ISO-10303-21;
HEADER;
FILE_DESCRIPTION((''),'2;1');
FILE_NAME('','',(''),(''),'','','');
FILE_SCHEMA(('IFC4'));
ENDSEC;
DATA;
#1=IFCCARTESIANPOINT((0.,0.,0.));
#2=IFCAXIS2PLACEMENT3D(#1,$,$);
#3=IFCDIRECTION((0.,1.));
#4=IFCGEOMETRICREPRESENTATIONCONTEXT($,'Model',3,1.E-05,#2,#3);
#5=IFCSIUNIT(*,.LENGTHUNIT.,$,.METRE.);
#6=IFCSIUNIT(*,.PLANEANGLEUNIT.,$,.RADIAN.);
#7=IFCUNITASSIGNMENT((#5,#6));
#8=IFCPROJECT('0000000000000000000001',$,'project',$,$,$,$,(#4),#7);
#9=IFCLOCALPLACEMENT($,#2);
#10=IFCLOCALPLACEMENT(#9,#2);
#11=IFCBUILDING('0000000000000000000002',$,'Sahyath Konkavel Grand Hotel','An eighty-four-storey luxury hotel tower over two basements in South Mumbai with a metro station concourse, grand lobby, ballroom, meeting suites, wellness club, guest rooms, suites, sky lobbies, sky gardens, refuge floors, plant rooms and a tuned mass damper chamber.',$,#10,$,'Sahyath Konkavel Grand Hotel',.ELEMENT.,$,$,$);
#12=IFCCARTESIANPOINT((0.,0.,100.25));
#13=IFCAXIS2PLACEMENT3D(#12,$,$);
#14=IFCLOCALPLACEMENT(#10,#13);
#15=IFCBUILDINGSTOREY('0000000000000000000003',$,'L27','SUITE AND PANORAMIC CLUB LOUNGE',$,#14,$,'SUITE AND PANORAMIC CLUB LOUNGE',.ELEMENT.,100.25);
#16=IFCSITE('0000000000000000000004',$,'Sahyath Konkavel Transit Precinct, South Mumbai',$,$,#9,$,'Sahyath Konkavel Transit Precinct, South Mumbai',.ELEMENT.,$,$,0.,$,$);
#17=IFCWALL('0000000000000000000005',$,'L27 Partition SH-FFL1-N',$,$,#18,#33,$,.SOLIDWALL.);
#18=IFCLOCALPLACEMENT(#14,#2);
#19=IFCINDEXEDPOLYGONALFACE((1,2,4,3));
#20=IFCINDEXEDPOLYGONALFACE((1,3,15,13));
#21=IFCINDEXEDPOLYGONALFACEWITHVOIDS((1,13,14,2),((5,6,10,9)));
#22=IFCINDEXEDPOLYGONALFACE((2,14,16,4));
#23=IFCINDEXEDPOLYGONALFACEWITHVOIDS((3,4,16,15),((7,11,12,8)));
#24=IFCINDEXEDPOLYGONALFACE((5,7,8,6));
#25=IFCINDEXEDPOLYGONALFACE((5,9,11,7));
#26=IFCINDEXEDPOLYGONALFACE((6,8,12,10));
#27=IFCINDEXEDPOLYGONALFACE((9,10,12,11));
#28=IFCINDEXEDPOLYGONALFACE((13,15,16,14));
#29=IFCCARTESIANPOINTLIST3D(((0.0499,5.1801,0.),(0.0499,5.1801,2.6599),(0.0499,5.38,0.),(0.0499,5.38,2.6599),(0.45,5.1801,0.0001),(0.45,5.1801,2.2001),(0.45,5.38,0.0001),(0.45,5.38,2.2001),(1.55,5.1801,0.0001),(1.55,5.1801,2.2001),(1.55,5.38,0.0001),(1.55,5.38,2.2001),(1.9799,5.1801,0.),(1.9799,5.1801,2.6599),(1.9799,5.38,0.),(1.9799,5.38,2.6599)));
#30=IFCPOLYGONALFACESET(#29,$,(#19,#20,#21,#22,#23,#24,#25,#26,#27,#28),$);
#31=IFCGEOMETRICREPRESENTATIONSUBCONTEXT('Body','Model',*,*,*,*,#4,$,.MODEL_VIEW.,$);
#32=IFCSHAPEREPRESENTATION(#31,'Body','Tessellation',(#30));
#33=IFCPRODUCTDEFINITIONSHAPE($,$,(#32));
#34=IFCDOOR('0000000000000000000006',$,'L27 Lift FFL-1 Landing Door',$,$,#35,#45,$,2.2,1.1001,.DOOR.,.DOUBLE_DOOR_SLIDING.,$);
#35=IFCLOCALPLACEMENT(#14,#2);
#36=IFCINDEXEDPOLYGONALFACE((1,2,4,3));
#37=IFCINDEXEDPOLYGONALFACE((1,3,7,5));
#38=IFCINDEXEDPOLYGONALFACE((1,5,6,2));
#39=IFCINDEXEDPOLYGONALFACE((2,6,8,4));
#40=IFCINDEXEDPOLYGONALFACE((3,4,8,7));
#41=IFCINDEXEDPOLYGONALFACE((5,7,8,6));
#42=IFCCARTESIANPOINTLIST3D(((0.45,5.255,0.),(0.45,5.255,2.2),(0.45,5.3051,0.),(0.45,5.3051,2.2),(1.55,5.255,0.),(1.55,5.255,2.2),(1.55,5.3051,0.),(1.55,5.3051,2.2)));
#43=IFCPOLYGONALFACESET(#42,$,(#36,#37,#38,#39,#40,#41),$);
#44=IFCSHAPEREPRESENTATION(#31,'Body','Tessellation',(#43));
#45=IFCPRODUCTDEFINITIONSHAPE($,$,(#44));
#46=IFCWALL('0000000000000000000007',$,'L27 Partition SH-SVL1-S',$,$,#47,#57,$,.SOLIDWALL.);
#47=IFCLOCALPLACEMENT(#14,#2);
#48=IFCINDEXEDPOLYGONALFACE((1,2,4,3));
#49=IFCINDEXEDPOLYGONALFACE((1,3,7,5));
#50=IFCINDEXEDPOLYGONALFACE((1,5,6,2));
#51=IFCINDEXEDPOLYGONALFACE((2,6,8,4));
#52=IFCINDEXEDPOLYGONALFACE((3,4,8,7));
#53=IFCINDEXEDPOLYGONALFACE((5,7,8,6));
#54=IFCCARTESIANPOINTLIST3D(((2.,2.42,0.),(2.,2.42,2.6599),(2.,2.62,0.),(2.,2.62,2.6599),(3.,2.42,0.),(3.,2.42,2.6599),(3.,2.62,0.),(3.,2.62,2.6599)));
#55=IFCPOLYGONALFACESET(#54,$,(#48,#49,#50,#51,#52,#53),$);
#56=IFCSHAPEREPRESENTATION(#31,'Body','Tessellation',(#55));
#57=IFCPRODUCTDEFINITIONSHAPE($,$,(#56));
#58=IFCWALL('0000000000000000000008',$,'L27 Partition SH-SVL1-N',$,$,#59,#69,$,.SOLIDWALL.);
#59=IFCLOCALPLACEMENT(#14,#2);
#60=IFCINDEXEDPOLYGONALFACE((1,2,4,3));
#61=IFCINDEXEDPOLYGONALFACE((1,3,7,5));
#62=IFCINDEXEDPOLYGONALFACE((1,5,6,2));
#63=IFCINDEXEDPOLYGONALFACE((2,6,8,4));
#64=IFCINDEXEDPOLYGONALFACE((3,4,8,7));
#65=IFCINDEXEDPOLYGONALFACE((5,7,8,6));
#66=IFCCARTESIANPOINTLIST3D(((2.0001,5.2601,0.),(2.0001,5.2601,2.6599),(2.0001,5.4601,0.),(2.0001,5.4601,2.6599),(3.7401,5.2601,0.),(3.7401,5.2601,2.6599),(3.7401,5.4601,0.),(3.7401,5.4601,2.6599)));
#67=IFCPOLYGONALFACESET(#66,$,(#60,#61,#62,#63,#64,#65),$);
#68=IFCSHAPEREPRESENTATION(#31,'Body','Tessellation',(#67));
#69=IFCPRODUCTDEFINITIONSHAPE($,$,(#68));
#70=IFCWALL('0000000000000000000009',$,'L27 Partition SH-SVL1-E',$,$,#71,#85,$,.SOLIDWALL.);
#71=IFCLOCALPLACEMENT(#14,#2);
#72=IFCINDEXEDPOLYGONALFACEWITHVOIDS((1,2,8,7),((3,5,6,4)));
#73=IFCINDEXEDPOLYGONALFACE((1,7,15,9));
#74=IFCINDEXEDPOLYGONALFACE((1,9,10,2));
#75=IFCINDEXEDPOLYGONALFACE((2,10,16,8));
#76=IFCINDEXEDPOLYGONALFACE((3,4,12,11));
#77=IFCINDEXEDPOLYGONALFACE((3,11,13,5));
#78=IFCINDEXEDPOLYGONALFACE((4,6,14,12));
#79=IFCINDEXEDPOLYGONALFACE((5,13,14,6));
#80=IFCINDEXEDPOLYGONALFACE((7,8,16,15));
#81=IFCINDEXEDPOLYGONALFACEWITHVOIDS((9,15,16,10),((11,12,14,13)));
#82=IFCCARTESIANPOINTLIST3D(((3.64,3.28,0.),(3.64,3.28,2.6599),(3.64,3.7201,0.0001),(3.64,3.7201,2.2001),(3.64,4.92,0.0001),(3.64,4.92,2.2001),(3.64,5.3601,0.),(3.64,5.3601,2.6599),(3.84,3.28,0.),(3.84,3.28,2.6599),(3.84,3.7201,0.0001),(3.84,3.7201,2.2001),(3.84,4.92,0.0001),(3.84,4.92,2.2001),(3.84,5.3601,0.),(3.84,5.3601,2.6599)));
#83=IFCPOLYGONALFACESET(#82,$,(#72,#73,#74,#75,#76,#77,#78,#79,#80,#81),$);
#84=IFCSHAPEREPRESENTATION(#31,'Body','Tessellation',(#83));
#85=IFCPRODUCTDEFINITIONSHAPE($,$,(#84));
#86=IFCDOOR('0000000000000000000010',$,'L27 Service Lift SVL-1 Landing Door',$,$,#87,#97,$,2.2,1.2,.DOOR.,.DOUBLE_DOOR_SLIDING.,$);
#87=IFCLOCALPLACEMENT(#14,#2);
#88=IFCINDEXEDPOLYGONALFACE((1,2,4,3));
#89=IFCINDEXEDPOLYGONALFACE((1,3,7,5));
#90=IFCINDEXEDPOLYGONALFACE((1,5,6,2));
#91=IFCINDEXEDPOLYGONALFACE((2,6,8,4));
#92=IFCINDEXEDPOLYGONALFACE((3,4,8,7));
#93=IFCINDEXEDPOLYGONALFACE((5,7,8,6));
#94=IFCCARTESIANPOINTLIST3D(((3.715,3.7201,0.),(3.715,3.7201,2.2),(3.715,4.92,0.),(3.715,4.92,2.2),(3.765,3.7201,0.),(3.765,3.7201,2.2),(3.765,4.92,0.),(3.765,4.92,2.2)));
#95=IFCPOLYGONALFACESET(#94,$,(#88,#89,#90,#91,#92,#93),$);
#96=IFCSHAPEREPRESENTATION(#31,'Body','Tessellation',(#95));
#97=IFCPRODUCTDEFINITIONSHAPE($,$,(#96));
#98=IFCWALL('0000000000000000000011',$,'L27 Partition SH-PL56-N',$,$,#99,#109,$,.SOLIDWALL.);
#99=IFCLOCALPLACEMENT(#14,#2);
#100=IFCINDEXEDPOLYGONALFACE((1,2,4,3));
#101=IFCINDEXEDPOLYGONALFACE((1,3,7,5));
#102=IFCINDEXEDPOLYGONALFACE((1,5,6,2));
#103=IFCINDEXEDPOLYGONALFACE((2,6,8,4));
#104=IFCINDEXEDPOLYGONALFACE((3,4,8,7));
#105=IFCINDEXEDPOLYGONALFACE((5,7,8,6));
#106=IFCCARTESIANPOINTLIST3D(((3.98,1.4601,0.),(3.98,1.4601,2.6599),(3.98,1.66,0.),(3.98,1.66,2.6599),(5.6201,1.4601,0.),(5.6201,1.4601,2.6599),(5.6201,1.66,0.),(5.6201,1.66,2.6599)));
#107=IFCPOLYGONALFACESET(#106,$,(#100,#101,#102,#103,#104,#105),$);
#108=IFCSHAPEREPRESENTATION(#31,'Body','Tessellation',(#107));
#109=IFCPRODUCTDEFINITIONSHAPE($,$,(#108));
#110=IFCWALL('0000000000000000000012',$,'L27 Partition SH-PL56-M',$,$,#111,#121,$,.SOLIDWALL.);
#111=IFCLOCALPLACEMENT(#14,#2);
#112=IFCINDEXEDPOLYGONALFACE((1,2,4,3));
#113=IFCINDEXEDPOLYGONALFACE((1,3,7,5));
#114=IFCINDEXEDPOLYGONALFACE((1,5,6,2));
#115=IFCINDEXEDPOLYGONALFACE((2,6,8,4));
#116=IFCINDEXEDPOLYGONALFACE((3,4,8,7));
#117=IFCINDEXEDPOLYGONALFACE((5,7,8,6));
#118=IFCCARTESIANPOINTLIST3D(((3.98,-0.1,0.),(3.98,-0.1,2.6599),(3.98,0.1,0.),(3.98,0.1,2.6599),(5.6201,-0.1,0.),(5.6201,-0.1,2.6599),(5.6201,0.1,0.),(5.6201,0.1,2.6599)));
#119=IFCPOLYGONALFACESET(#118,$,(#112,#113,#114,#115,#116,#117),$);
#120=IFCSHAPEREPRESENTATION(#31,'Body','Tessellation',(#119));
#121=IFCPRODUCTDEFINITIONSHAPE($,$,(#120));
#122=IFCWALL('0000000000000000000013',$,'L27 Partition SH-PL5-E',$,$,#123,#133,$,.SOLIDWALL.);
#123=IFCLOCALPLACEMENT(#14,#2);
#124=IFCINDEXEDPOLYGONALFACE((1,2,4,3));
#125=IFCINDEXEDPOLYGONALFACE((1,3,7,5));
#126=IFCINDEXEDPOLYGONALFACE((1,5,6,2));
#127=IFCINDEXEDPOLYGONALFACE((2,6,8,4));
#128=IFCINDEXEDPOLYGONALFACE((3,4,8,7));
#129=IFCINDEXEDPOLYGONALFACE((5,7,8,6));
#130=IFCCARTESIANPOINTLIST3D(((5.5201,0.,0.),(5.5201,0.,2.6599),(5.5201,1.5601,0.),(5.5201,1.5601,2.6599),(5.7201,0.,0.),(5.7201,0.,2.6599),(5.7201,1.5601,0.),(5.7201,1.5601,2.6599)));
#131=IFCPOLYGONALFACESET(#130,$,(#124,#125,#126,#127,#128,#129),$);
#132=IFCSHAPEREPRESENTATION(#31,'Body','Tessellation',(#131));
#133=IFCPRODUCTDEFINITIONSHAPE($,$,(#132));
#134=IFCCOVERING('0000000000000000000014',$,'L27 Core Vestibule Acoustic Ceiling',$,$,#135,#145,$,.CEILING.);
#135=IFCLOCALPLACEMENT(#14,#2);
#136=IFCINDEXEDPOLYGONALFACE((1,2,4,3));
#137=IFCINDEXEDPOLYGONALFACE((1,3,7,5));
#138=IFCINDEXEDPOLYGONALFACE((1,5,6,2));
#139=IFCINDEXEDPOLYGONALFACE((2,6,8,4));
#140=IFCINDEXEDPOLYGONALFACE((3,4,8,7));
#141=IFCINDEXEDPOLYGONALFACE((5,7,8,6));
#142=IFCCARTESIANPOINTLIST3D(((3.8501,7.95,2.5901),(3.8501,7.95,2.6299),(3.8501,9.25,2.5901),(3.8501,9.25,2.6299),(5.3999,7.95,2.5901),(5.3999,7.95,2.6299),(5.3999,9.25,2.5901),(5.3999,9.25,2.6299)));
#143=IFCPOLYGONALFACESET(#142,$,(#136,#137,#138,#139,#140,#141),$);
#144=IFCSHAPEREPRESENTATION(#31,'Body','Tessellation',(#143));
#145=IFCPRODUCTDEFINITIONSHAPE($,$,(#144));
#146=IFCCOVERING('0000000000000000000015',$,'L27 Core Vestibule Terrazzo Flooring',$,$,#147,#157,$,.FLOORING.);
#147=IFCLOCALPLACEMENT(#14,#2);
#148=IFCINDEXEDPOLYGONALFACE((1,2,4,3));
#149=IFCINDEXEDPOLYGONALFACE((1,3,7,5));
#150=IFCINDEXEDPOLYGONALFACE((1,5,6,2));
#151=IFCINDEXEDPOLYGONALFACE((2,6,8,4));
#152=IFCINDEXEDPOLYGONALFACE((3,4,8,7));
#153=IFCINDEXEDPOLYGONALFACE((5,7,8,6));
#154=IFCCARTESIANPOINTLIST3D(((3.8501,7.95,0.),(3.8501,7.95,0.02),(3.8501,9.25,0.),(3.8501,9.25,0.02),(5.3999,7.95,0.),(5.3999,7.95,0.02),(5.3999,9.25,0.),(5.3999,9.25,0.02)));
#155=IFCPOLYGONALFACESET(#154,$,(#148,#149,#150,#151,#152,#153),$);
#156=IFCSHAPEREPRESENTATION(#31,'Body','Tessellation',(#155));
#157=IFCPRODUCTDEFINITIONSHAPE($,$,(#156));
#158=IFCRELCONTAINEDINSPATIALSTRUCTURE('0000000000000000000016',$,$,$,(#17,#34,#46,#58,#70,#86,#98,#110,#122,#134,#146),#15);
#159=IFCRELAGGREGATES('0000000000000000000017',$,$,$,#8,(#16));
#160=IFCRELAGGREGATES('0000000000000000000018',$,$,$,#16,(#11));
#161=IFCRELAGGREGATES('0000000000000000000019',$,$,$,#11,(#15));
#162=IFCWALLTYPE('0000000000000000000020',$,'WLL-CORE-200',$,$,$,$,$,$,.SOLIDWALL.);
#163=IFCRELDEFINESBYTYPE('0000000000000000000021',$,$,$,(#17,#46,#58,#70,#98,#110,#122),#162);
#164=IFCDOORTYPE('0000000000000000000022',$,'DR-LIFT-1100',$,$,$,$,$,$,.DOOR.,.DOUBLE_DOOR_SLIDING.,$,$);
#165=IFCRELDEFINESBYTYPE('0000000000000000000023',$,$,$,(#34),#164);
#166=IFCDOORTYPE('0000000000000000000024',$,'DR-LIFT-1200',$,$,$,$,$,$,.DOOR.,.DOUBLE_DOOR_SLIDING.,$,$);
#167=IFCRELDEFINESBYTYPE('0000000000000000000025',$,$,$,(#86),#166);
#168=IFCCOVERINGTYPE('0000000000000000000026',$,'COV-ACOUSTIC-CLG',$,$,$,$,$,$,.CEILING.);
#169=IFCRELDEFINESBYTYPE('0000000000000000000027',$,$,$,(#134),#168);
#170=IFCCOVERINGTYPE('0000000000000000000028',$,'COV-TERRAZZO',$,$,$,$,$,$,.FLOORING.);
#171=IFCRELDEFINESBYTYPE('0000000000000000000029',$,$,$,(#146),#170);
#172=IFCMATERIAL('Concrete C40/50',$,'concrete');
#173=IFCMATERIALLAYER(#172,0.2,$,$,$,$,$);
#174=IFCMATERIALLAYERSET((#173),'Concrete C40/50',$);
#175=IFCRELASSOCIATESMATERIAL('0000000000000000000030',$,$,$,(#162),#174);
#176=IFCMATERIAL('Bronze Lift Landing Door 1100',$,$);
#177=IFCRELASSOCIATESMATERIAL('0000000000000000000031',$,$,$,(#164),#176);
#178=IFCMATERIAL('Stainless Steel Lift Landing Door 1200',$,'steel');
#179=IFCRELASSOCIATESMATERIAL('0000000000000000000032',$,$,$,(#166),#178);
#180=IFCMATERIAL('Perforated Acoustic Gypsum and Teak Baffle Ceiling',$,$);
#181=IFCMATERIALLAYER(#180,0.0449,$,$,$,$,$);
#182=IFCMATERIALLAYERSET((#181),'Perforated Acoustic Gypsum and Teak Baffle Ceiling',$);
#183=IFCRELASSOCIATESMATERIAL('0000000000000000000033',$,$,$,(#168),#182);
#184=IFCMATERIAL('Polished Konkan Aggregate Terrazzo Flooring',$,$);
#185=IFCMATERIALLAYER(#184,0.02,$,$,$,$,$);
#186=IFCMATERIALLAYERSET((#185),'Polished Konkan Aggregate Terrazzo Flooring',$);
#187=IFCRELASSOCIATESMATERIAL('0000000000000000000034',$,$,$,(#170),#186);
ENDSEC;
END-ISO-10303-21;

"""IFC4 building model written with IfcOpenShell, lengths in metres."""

from ifc_helpers import new_model, si_unit, direction, frame, frame_2d, origin, origin_2d, place, context, subcontext, project, spatial, polyline, rectangle, outline, extrude, source, transform, mapped, material, layer, layer_set, type_object, element, fill, save


model = new_model("IFC4")

# Units and contexts
model_context = context("Model", 3, precision=1e-05, world=origin(), true_north=direction((0.0, 1.0)))
body_context = subcontext(model_context, "Body", "Model", "MODEL_VIEW")
ifc_project = project(units=[si_unit("LENGTHUNIT", "METRE"), si_unit("PLANEANGLEUNIT", "RADIAN")], contexts=[model_context])

# Site, building, storey
site_placement = place(None, origin())
site = spatial("IfcSite", under=ifc_project, at=site_placement, Name="Sahyath Konkavel Transit Precinct, South Mumbai", LongName="Sahyath Konkavel Transit Precinct, South Mumbai", CompositionType="ELEMENT", RefElevation=0.0)
building_placement = place(site_placement, origin())
building = spatial("IfcBuilding", under=site, at=building_placement, Name="Sahyath Konkavel Grand Hotel", Description="An eighty-four-storey luxury hotel tower over two basements in South Mumbai with a metro station concourse, grand lobby, ballroom, meeting suites, wellness club, guest rooms, suites, sky lobbies, sky gardens, refuge floors, plant rooms and a tuned mass damper chamber.", LongName="Sahyath Konkavel Grand Hotel", CompositionType="ELEMENT")
storey_placement = place(building_placement, frame((0.0, 0.0, 100.25)))
storey = spatial("IfcBuildingStorey", under=building, at=storey_placement, Name="L27", Description="SUITE AND PANORAMIC CLUB LOUNGE", LongName="SUITE AND PANORAMIC CLUB LOUNGE", CompositionType="ELEMENT", Elevation=100.25)

# Shared definitions
ifc_material_1 = material(Name="Concrete C40/50", Category="concrete")

# Shared definitions
ifc_layer_1 = layer(ifc_material_1, 0.2)
ifc_layer_set_1 = layer_set([ifc_layer_1], Name="Concrete C40/50")
wall_type = type_object("IfcWallType", Name="WLL-CORE-200", PredefinedType="SOLIDWALL", material=ifc_layer_set_1)

# Wall, opening, door
wall_1_placement = place(storey_placement, frame((0.05, 5.28, 0.0), z_axis=(0.0, 0.0, 1.0), x_axis=(1.0, 0.0, 0.0)))
wall_1 = element("IfcWall", 1, at=wall_1_placement, inside=storey, type_object=wall_type, Name="L27 Partition SH-FFL1-N", PredefinedType="SOLIDWALL", context=body_context, shape_type="SweptSolid", body=[
    extrude(rectangle(XDim=1.9299, YDim=0.2, at=frame_2d((0.9648, 0.0))), origin(), (0.0, 0.0, 1.0), 2.6599),
])
opening_1_placement = place(wall_1_placement, frame((0.3999, 0.0, 0.0)))
opening_1 = element("IfcOpeningElement", 2, at=opening_1_placement, cuts=wall_1, PredefinedType="OPENING", context=body_context, shape_type="SweptSolid", body=[
    extrude(rectangle(XDim=1.1001, YDim=2.2, at=frame_2d((0.55, 1.1001))), frame((0.0, 0.1099, 0.0), z_axis=(0.0, -1.0, 0.0), x_axis=(1.0, 0.0, 0.0)), (0.0, 0.0, 1.0), 0.22),
])
ifc_material_2 = material(Name="Bronze Lift Landing Door 1100")
door_type_1 = type_object("IfcDoorType", Name="DR-LIFT-1100", OperationType="DOUBLE_DOOR_SLIDING", PredefinedType="DOOR", material=ifc_material_2)
shared_shape_1 = source(origin(), body_context, "Body", "SweptSolid", [
    extrude(rectangle(XDim=1.1001, YDim=0.05, at=origin_2d()), origin(), (0.0, 0.0, 1.0), 2.2),
])
door_1_placement = place(opening_1_placement, frame((0.55, 0.0, 0.0)))
door_1 = element("IfcDoor", 3, at=door_1_placement, inside=storey, type_object=door_type_1, Name="L27 Lift FFL-1 Landing Door", OperationType="DOUBLE_DOOR_SLIDING", OverallHeight=2.2, OverallWidth=1.1001, PredefinedType="DOOR", context=body_context, shape_type="MappedRepresentation", body=[
    mapped(shared_shape_1, transform((0.0, 0.0, 0.0), scale=1.0)),
])
fill(opening_1, door_1)

# Walls
wall_2_placement = place(storey_placement, frame((2.0, 2.52, 0.0), z_axis=(0.0, 0.0, 1.0), x_axis=(1.0, 0.0, 0.0)))
element("IfcWall", 4, at=wall_2_placement, inside=storey, type_object=wall_type, Name="L27 Partition SH-SVL1-S", PredefinedType="SOLIDWALL", context=body_context, shape_type="SweptSolid", body=[
    extrude(rectangle(XDim=1.0, YDim=0.2, at=frame_2d((0.5, 0.0))), origin(), (0.0, 0.0, 1.0), 2.6599),
])
wall_3_placement = place(storey_placement, frame((2.0, 5.3601, 0.0), z_axis=(0.0, 0.0, 1.0), x_axis=(1.0, 0.0, 0.0)))
element("IfcWall", 5, at=wall_3_placement, inside=storey, type_object=wall_type, Name="L27 Partition SH-SVL1-N", PredefinedType="SOLIDWALL", context=body_context, shape_type="SweptSolid", body=[
    extrude(rectangle(XDim=1.74, YDim=0.2, at=frame_2d((0.8701, 0.0))), origin(), (0.0, 0.0, 1.0), 2.6599),
])

# Wall, opening, door
wall_4_placement = place(storey_placement, frame((3.74, 3.28, 0.0), z_axis=(0.0, 0.0, 1.0), x_axis=(0.0, 1.0, 0.0)))
wall_4 = element("IfcWall", 6, at=wall_4_placement, inside=storey, type_object=wall_type, Name="L27 Partition SH-SVL1-E", PredefinedType="SOLIDWALL", context=body_context, shape_type="SweptSolid", body=[
    extrude(rectangle(XDim=2.0801, YDim=0.2, at=frame_2d((1.04, 0.0))), origin(), (0.0, 0.0, 1.0), 2.6599),
])
opening_2_placement = place(wall_4_placement, frame((0.4399, 0.0, 0.0)))
opening_2 = element("IfcOpeningElement", 7, at=opening_2_placement, cuts=wall_4, PredefinedType="OPENING", context=body_context, shape_type="SweptSolid", body=[
    extrude(rectangle(XDim=1.2, YDim=2.2, at=frame_2d((0.6001, 1.1001))), frame((0.0, 0.1099, 0.0), z_axis=(0.0, -1.0, 0.0), x_axis=(1.0, 0.0, 0.0)), (0.0, 0.0, 1.0), 0.22),
])
ifc_material_3 = material(Name="Stainless Steel Lift Landing Door 1200", Category="steel")
door_type_2 = type_object("IfcDoorType", Name="DR-LIFT-1200", OperationType="DOUBLE_DOOR_SLIDING", PredefinedType="DOOR", material=ifc_material_3)
shared_shape_2 = source(origin(), body_context, "Body", "SweptSolid", [
    extrude(rectangle(XDim=1.2, YDim=0.05, at=origin_2d()), origin(), (0.0, 0.0, 1.0), 2.2),
])
door_2_placement = place(opening_2_placement, frame((0.6001, 0.0, 0.0)))
door_2 = element("IfcDoor", 8, at=door_2_placement, inside=storey, type_object=door_type_2, Name="L27 Service Lift SVL-1 Landing Door", OperationType="DOUBLE_DOOR_SLIDING", OverallHeight=2.2, OverallWidth=1.2, PredefinedType="DOOR", context=body_context, shape_type="MappedRepresentation", body=[
    mapped(shared_shape_2, transform((0.0, 0.0, 0.0), scale=1.0)),
])
fill(opening_2, door_2)

# Walls
for number, where, z_axis, x_axis, name in (
    (9, (3.98, 1.5601, 0.0), (0.0, 0.0, 1.0), (1.0, 0.0, 0.0), "L27 Partition SH-PL56-N"),
    (10, (3.98, 0.0, 0.0), (0.0, 0.0, 1.0), (1.0, 0.0, 0.0), "L27 Partition SH-PL56-M"),
):
    element("IfcWall", number, at=place(storey_placement, frame(where, z_axis=z_axis, x_axis=x_axis)), inside=storey, type_object=wall_type, Name=name, PredefinedType="SOLIDWALL", context=body_context, shape_type="SweptSolid", body=[
        extrude(rectangle(XDim=1.6401, YDim=0.2, at=frame_2d((0.8201, 0.0))), origin(), (0.0, 0.0, 1.0), 2.6599),
    ])
wall_5_placement = place(storey_placement, frame((5.6201, 0.0, 0.0), z_axis=(0.0, 0.0, 1.0), x_axis=(0.0, 1.0, 0.0)))
element("IfcWall", 11, at=wall_5_placement, inside=storey, type_object=wall_type, Name="L27 Partition SH-PL5-E", PredefinedType="SOLIDWALL", context=body_context, shape_type="SweptSolid", body=[
    extrude(rectangle(XDim=1.5601, YDim=0.2, at=frame_2d((0.78, 0.0))), origin(), (0.0, 0.0, 1.0), 2.6599),
])

# Coverings
ifc_material_4 = material(Name="Perforated Acoustic Gypsum and Teak Baffle Ceiling")
ifc_layer_2 = layer(ifc_material_4, 0.0449)
ifc_layer_set_2 = layer_set([ifc_layer_2], Name="Perforated Acoustic Gypsum and Teak Baffle Ceiling")
covering_type_1 = type_object("IfcCoveringType", Name="COV-ACOUSTIC-CLG", PredefinedType="CEILING", material=ifc_layer_set_2)
covering_1_placement = place(storey_placement, frame((0.0, 0.0, 2.5901)))
element("IfcCovering", 12, at=covering_1_placement, inside=storey, type_object=covering_type_1, Name="L27 Core Vestibule Acoustic Ceiling", PredefinedType="CEILING", context=body_context, shape_type="SweptSolid", body=[
    extrude(outline(polyline([(3.8501, 7.95), (5.3999, 7.95), (5.3999, 9.25), (3.8501, 9.25), (3.8501, 7.95)])), origin(), (0.0, 0.0, 1.0), 0.0398),
])
ifc_material_5 = material(Name="Polished Konkan Aggregate Terrazzo Flooring")
ifc_layer_3 = layer(ifc_material_5, 0.02)
ifc_layer_set_3 = layer_set([ifc_layer_3], Name="Polished Konkan Aggregate Terrazzo Flooring")
covering_type_2 = type_object("IfcCoveringType", Name="COV-TERRAZZO", PredefinedType="FLOORING", material=ifc_layer_set_3)
covering_2_placement = place(storey_placement, origin())
element("IfcCovering", 13, at=covering_2_placement, inside=storey, type_object=covering_type_2, Name="L27 Core Vestibule Terrazzo Flooring", PredefinedType="FLOORING", context=body_context, shape_type="SweptSolid", body=[
    extrude(outline(polyline([(3.8501, 7.95), (5.3999, 7.95), (5.3999, 9.25), (3.8501, 9.25), (3.8501, 7.95)])), origin(), (0.0, 0.0, 1.0), 0.02),
])

save(model, "model.ifc")
